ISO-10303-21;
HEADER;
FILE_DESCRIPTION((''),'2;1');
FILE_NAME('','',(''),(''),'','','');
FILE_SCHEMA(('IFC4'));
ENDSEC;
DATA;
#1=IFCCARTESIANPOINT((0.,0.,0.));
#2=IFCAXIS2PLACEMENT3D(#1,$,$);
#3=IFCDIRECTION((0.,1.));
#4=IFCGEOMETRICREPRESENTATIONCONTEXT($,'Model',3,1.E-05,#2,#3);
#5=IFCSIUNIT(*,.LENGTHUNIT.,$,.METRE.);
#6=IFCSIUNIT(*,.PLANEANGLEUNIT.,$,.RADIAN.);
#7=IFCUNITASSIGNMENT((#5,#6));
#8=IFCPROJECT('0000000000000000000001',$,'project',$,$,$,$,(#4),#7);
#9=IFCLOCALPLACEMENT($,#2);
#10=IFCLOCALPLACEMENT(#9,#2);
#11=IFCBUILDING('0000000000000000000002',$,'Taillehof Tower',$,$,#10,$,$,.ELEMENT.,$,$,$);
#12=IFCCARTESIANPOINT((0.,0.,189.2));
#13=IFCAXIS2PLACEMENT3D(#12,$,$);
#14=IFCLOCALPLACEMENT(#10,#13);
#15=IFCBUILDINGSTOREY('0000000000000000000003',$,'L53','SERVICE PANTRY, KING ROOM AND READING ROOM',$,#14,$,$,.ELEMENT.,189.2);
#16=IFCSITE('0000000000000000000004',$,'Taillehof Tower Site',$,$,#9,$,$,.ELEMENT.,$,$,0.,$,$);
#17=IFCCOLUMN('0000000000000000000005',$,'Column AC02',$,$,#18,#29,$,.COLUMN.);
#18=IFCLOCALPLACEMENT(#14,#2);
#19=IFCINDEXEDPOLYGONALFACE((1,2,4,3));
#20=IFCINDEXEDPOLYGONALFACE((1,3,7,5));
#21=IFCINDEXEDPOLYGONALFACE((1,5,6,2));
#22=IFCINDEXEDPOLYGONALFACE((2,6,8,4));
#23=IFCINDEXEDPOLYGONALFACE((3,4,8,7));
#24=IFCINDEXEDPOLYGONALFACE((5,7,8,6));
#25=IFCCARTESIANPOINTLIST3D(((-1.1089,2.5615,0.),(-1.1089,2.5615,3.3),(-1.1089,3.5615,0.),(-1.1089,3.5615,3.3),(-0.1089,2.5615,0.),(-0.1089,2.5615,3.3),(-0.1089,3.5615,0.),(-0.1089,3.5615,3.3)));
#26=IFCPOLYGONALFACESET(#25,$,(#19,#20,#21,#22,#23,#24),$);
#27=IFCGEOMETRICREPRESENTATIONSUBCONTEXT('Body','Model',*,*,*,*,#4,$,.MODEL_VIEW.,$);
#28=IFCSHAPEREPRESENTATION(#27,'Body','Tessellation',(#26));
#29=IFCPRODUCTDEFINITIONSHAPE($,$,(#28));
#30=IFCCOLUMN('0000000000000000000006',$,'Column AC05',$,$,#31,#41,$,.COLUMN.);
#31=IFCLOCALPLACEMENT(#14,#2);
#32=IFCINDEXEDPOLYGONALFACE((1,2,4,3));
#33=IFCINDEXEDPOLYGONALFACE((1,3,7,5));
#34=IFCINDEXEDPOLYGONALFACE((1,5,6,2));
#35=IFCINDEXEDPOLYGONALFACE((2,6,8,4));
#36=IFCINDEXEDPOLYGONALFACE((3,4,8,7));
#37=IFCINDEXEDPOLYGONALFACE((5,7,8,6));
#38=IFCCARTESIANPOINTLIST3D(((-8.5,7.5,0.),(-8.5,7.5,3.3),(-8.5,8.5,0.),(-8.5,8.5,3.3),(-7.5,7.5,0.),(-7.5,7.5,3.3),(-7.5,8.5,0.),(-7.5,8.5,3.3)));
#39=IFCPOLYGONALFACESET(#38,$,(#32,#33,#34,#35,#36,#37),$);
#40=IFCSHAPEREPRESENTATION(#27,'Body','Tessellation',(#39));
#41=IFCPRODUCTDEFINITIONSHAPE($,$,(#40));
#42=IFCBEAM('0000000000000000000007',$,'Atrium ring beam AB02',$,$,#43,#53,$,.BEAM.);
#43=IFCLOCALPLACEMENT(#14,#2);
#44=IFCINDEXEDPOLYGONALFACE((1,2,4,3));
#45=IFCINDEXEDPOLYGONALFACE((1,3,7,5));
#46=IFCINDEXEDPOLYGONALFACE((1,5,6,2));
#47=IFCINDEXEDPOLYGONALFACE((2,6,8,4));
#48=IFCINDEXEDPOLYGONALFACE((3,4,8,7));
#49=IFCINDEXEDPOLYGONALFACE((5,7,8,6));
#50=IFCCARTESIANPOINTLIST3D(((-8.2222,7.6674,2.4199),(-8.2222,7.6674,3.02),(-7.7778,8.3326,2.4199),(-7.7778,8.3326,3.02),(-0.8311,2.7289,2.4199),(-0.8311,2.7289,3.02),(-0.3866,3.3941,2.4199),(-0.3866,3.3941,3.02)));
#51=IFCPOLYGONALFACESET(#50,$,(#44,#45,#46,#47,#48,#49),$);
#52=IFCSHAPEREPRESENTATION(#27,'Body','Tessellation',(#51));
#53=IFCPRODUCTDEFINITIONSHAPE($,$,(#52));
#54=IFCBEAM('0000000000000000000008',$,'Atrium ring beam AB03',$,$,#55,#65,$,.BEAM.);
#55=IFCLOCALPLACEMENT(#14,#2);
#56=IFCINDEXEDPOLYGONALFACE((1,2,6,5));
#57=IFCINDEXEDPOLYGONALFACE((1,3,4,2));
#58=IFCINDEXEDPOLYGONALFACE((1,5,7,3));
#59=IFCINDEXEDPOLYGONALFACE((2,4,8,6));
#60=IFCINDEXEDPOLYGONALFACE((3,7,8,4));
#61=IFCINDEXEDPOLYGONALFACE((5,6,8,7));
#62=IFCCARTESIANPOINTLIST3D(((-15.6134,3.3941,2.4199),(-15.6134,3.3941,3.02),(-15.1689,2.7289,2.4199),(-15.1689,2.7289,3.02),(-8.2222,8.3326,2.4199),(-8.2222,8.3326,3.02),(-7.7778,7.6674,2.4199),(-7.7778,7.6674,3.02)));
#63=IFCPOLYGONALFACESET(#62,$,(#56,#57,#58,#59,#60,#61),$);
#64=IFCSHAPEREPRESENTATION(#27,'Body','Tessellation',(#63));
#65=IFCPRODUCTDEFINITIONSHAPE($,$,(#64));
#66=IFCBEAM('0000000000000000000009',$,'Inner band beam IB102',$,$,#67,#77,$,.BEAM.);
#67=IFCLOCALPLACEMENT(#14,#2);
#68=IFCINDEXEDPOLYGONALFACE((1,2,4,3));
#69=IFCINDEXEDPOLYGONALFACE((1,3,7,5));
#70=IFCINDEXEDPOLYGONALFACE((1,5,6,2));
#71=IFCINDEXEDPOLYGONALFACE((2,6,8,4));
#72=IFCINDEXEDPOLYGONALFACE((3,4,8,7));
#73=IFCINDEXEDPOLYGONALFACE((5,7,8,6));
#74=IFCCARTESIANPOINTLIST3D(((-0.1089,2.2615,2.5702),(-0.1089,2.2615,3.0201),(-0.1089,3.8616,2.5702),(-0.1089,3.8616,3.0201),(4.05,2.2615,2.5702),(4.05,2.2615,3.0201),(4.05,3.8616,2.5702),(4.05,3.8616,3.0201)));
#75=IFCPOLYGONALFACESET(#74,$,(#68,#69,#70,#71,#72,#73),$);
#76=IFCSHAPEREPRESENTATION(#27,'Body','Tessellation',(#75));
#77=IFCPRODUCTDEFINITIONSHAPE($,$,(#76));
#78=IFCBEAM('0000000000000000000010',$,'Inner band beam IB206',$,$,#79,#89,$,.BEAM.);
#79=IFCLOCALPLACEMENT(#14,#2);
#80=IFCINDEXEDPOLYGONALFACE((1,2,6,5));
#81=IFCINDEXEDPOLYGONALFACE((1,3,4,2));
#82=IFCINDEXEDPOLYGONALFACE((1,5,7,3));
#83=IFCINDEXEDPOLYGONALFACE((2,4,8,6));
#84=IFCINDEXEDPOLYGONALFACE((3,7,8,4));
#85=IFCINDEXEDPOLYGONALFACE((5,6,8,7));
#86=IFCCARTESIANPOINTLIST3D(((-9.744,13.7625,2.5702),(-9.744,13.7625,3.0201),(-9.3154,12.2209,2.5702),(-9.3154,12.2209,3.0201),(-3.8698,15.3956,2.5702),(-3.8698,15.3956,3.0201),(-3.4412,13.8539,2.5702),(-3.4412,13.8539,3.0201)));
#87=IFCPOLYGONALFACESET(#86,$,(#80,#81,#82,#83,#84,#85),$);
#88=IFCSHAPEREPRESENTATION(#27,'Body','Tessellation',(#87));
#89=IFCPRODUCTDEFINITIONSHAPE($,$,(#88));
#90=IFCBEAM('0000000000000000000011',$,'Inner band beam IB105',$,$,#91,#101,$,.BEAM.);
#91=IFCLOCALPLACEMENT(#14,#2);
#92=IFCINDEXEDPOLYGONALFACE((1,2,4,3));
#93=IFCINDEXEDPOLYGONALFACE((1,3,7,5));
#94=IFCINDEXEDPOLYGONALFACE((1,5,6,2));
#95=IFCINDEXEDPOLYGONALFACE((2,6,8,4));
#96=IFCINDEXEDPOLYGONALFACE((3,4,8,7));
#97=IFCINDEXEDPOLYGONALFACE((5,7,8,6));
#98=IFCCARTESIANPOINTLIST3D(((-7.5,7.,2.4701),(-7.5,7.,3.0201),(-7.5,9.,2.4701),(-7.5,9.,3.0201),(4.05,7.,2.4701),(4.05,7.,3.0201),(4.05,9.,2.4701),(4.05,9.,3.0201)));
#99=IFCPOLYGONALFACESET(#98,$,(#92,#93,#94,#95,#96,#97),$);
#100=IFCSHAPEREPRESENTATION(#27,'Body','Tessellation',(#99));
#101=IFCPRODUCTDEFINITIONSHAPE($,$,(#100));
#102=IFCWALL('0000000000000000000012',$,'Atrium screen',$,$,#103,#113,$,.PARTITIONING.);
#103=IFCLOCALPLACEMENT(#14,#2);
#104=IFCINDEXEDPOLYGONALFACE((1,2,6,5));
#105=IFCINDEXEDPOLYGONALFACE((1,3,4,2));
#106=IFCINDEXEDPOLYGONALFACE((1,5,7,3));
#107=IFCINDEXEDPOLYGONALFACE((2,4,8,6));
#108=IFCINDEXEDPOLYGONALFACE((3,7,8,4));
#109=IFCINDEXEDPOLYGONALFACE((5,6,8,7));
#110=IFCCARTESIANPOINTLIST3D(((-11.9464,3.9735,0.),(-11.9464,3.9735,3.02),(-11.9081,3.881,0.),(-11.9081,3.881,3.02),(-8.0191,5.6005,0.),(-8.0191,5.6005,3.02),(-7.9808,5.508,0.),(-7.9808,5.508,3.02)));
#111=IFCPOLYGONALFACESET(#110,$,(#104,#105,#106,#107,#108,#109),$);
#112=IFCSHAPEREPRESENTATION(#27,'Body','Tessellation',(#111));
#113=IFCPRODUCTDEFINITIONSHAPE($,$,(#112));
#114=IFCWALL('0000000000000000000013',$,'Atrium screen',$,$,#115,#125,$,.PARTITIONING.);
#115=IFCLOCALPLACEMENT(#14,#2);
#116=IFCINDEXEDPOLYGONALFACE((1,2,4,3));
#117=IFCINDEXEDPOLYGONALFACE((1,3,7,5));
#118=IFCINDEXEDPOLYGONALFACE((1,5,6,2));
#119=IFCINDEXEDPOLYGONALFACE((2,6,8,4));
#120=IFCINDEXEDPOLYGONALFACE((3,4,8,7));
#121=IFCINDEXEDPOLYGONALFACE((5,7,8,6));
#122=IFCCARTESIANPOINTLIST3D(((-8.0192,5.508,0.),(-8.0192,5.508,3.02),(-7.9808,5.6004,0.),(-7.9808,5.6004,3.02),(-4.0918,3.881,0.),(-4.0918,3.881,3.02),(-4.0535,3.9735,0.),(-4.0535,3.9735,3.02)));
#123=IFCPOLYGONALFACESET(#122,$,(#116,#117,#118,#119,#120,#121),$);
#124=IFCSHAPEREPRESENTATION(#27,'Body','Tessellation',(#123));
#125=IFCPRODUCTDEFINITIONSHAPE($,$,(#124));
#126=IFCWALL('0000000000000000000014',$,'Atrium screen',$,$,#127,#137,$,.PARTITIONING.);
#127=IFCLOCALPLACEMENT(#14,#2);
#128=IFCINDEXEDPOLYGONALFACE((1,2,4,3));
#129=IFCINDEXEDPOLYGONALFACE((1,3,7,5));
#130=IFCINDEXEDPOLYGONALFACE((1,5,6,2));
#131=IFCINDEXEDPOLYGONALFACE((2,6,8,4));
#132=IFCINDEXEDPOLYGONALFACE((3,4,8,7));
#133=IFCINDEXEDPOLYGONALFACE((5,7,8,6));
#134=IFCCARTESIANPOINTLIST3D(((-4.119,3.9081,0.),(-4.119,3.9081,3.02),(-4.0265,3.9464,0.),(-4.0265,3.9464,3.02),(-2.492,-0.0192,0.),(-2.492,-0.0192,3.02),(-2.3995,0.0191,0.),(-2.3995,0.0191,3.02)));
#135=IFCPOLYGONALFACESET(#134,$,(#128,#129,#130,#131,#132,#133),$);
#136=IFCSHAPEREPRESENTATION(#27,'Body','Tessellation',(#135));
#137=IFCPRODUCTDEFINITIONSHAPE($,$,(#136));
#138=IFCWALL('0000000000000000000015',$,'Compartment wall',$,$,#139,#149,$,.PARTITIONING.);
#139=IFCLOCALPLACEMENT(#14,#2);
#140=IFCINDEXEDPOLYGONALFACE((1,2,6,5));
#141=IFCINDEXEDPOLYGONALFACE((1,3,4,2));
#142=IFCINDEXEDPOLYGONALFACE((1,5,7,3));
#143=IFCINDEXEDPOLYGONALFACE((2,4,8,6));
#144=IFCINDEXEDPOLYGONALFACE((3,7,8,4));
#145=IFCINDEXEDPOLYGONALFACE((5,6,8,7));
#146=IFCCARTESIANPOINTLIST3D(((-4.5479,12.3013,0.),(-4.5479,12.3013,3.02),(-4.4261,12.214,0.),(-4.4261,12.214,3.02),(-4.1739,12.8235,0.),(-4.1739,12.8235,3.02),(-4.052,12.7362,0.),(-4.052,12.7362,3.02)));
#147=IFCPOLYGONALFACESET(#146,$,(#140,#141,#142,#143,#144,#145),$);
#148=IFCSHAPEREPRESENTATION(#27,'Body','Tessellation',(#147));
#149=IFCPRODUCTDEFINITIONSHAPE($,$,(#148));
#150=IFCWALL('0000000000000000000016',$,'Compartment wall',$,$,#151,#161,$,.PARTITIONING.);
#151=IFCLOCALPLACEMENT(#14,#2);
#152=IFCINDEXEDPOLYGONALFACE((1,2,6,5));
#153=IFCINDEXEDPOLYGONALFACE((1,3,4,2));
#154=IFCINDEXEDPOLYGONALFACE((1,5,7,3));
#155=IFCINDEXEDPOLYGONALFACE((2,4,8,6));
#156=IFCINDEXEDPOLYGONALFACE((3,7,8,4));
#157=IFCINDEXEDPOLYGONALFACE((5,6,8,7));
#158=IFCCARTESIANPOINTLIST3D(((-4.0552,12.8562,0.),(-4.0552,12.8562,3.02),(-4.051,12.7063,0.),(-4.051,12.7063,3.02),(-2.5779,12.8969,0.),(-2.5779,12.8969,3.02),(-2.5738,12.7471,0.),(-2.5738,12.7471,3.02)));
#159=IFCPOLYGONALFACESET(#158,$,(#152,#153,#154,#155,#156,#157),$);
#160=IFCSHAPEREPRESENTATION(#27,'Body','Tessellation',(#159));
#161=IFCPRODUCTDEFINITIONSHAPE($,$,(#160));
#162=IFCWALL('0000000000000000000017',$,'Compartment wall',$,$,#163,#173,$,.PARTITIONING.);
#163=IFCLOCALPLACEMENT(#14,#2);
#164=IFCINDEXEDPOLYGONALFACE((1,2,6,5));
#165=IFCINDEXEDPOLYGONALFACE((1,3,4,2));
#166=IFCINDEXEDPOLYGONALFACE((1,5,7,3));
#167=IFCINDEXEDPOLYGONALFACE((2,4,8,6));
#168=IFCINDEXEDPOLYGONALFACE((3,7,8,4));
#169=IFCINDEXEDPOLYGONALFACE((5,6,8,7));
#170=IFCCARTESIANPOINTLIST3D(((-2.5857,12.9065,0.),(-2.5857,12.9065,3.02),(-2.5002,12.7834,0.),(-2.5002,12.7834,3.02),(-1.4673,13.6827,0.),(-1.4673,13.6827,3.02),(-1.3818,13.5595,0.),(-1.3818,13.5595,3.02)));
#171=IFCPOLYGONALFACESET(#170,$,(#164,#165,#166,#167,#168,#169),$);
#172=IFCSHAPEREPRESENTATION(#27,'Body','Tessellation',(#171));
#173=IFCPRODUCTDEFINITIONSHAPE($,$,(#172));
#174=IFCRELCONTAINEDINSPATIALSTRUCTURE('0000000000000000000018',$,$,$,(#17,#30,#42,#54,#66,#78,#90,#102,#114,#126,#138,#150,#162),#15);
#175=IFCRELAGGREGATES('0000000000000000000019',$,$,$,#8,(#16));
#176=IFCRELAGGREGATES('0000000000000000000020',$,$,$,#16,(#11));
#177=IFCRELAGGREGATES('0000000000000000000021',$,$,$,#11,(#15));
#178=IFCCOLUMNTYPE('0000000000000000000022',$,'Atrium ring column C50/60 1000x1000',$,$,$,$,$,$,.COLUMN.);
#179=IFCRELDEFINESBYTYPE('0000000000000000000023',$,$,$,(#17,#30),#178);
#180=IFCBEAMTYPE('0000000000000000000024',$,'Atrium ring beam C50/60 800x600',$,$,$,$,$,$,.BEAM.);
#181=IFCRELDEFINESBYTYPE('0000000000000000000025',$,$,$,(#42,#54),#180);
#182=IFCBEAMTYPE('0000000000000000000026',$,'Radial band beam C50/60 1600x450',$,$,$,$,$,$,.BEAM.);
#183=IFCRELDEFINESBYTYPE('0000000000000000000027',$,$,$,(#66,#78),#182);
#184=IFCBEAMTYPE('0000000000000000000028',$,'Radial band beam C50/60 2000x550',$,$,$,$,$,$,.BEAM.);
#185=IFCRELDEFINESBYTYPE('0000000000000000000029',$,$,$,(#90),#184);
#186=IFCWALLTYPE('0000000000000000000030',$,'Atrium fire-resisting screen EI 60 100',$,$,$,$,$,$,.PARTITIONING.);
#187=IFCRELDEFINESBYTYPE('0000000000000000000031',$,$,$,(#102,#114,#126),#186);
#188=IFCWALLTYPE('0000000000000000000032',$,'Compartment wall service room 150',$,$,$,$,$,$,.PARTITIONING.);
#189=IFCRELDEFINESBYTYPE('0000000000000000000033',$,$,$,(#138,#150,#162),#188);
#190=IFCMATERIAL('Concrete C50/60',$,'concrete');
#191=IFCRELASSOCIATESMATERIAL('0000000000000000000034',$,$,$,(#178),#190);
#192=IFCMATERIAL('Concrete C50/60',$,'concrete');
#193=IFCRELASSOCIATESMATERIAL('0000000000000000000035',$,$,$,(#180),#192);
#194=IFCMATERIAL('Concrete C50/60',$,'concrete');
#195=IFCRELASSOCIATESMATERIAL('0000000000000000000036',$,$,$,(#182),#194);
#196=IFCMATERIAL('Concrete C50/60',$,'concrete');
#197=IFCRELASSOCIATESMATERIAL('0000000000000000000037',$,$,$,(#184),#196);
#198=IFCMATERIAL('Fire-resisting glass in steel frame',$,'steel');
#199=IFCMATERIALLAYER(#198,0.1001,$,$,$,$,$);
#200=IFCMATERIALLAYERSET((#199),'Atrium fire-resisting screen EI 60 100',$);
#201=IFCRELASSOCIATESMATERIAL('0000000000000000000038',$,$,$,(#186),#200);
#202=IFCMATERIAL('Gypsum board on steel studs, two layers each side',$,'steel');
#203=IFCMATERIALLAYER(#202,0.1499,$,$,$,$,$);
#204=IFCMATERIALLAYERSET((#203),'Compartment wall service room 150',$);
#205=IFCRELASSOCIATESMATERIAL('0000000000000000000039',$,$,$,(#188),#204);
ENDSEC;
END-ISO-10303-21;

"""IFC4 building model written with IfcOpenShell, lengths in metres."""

from ifc_helpers import new_model, si_unit, direction, frame, frame_2d, origin, origin_2d, place, context, subcontext, project, spatial, rectangle, extrude, material, layer, layer_set, material_profile, profile_set, type_object, element, save


model = new_model("IFC4")

# Units and contexts
model_context = context("Model", 3, precision=1e-05, world=origin(), true_north=direction((0.0, 1.0)))
body_context = subcontext(model_context, "Body", "Model", "MODEL_VIEW")
ifc_project = project(units=[si_unit("LENGTHUNIT", "METRE"), si_unit("PLANEANGLEUNIT", "RADIAN")], contexts=[model_context])

# Site, building, storey
site_placement = place(None, origin())
site = spatial("IfcSite", under=ifc_project, at=site_placement, Name="Taillehof Tower Site", CompositionType="ELEMENT", RefElevation=0.0)
building_placement = place(site_placement, origin())
building = spatial("IfcBuilding", under=site, at=building_placement, Name="Taillehof Tower", CompositionType="ELEMENT")
storey_placement = place(building_placement, frame((0.0, 0.0, 189.2)))
storey = spatial("IfcBuildingStorey", under=building, at=storey_placement, Name="L53", Description="SERVICE PANTRY, KING ROOM AND READING ROOM", CompositionType="ELEMENT", Elevation=189.2)

# Columns
ifc_material_1 = material(Name="Concrete C50/60", Category="concrete")
ifc_material_profile_1 = material_profile(ifc_material_1, rectangle(XDim=1.0, YDim=1.0, at=origin_2d()), Name="RC 1000x1000")
ifc_profile_set_1 = profile_set([ifc_material_profile_1], Name="Concrete C50/60")
column_type = type_object("IfcColumnType", Name="Atrium ring column C50/60 1000x1000", PredefinedType="COLUMN", material=ifc_profile_set_1)
for number, where, z_axis, x_axis, name in (
    (1, (-0.6089, 3.0615, 0.0), (0.0, 0.0, 1.0), (1.0, 0.0, 0.0), "Column AC02"),
    (2, (-8.0, 8.0, 0.0), (0.0, 0.0, 1.0), (1.0, 0.0, 0.0), "Column AC05"),
):
    element("IfcColumn", number, at=place(storey_placement, frame(where, z_axis=z_axis, x_axis=x_axis)), inside=storey, type_object=column_type, Name=name, PredefinedType="COLUMN", context=body_context, shape_type="SweptSolid", body=[
        extrude(rectangle(XDim=1.0, YDim=1.0, at=origin_2d()), origin(), (0.0, 0.0, 1.0), 3.3),
    ])

# Beams
ifc_material_2 = material(Name="Concrete C50/60", Category="concrete")
ifc_material_profile_2 = material_profile(ifc_material_2, rectangle(XDim=0.8, YDim=0.6001, at=origin_2d()), Name="RC 800x600")
ifc_profile_set_2 = profile_set([ifc_material_profile_2], Name="Concrete C50/60")
beam_type_1 = type_object("IfcBeamType", Name="Atrium ring beam C50/60 800x600", PredefinedType="BEAM", material=ifc_profile_set_2)
for number, where, z_axis, x_axis, name in (
    (3, (-0.6089, 3.0615, 2.72), (-0.831475, 0.555562, 0.0), (-0.555562, -0.831475, 0.0), "Atrium ring beam AB02"),
    (4, (-8.0, 8.0, 2.72), (-0.831475, -0.555562, 0.0), (0.555562, -0.831475, 0.0), "Atrium ring beam AB03"),
):
    element("IfcBeam", number, at=place(storey_placement, frame(where, z_axis=z_axis, x_axis=x_axis)), inside=storey, type_object=beam_type_1, Name=name, PredefinedType="BEAM", context=body_context, shape_type="SweptSolid", body=[
        extrude(rectangle(XDim=0.8, YDim=0.6001, at=origin_2d()), origin(), (0.0, 0.0, 1.0), 8.8892),
    ])
ifc_material_3 = material(Name="Concrete C50/60", Category="concrete")
ifc_material_profile_3 = material_profile(ifc_material_3, rectangle(XDim=1.6001, YDim=0.45, at=origin_2d()), Name="RC 1600x450")
ifc_profile_set_3 = profile_set([ifc_material_profile_3], Name="Concrete C50/60")
beam_type_2 = type_object("IfcBeamType", Name="Radial band beam C50/60 1600x450", PredefinedType="BEAM", material=ifc_profile_set_3)
beam_1_placement = place(storey_placement, frame((-0.1089, 3.0615, 2.7952), z_axis=(1.0, 0.0, 0.0), x_axis=(0.0, 1.0, 0.0)))
element("IfcBeam", 5, at=beam_1_placement, inside=storey, type_object=beam_type_2, Name="Inner band beam IB102", PredefinedType="BEAM", context=body_context, shape_type="SweptSolid", body=[
    extrude(rectangle(XDim=1.6001, YDim=0.45, at=origin_2d()), origin(), (0.0, 0.0, 1.0), 4.1589),
])
beam_2_placement = place(storey_placement, frame((-3.6555, 14.6248, 2.7952), z_axis=(-0.963459, -0.267855, 0.0), x_axis=(0.267855, -0.963459, 0.0)))
element("IfcBeam", 6, at=beam_2_placement, inside=storey, type_object=beam_type_2, Name="Inner band beam IB206", PredefinedType="BEAM", context=body_context, shape_type="SweptSolid", body=[
    extrude(rectangle(XDim=1.6001, YDim=0.45, at=origin_2d()), origin(), (0.0, 0.0, 1.0), 6.0969),
])
ifc_material_4 = material(Name="Concrete C50/60", Category="concrete")
ifc_material_profile_4 = material_profile(ifc_material_4, rectangle(XDim=2.0, YDim=0.55, at=origin_2d()), Name="RC 2000x550")
ifc_profile_set_4 = profile_set([ifc_material_profile_4], Name="Concrete C50/60")
beam_type_3 = type_object("IfcBeamType", Name="Radial band beam C50/60 2000x550", PredefinedType="BEAM", material=ifc_profile_set_4)
beam_3_placement = place(storey_placement, frame((-7.5, 8.0, 2.7451), z_axis=(1.0, 0.0, 0.0), x_axis=(0.0, 1.0, 0.0)))
element("IfcBeam", 7, at=beam_3_placement, inside=storey, type_object=beam_type_3, Name="Inner band beam IB105", PredefinedType="BEAM", context=body_context, shape_type="SweptSolid", body=[
    extrude(rectangle(XDim=2.0, YDim=0.55, at=origin_2d()), origin(), (0.0, 0.0, 1.0), 11.55),
])

# Walls
ifc_material_5 = material(Name="Fire-resisting glass in steel frame", Category="steel")
ifc_layer_1 = layer(ifc_material_5, 0.1001)
ifc_layer_set_1 = layer_set([ifc_layer_1], Name="Atrium fire-resisting screen EI 60 100")
wall_type_1 = type_object("IfcWallType", Name="Atrium fire-resisting screen EI 60 100", PredefinedType="PARTITIONING", material=ifc_layer_set_1)
for number, where, z_axis, x_axis, name in (
    (8, (-11.9272, 3.9272, 0.0), (0.0, 0.0, 1.0), (0.92386, 0.382731, 0.0), "Atrium screen"),
    (9, (-8.0, 5.5542, 0.0), (0.0, 0.0, 1.0), (0.92386, -0.382731, 0.0), "Atrium screen"),
    (10, (-4.0728, 3.9272, 0.0), (0.0, 0.0, 1.0), (0.382731, -0.92386, 0.0), "Atrium screen"),
):
    element("IfcWall", number, at=place(storey_placement, frame(where, z_axis=z_axis, x_axis=x_axis)), inside=storey, type_object=wall_type_1, Name=name, PredefinedType="PARTITIONING", context=body_context, shape_type="SweptSolid", body=[
        extrude(rectangle(XDim=4.251, YDim=0.1001, at=frame_2d((2.1255, 0.0))), origin(), (0.0, 0.0, 1.0), 3.02),
    ])
ifc_material_6 = material(Name="Gypsum board on steel studs, two layers each side", Category="steel")
ifc_layer_2 = layer(ifc_material_6, 0.1499)
ifc_layer_set_2 = layer_set([ifc_layer_2], Name="Compartment wall service room 150")
wall_type_2 = type_object("IfcWallType", Name="Compartment wall service room 150", PredefinedType="PARTITIONING", material=ifc_layer_set_2)
wall_1_placement = place(storey_placement, frame((-4.4871, 12.2576, 0.0), z_axis=(0.0, 0.0, 1.0), x_axis=(0.58228, 0.812988, 0.0)))
element("IfcWall", 11, at=wall_1_placement, inside=storey, type_object=wall_type_2, Name="Compartment wall", PredefinedType="PARTITIONING", context=body_context, shape_type="SweptSolid", body=[
    extrude(rectangle(XDim=0.6423, YDim=0.1499, at=frame_2d((0.3213, 0.0))), origin(), (0.0, 0.0, 1.0), 3.02),
])
wall_2_placement = place(storey_placement, frame((-4.053, 12.7812, 0.0), z_axis=(0.0, 0.0, 1.0), x_axis=(0.999619, 0.027588, 0.0)))
element("IfcWall", 12, at=wall_2_placement, inside=storey, type_object=wall_type_2, Name="Compartment wall", PredefinedType="PARTITIONING", context=body_context, shape_type="SweptSolid", body=[
    extrude(rectangle(XDim=1.4778, YDim=0.1499, at=frame_2d((0.7388, 0.0))), origin(), (0.0, 0.0, 1.0), 3.02),
])
wall_3_placement = place(storey_placement, frame((-2.543, 12.845, 0.0), z_axis=(0.0, 0.0, 1.0), x_axis=(0.821559, 0.570124, 0.0)))
element("IfcWall", 13, at=wall_3_placement, inside=storey, type_object=wall_type_2, Name="Compartment wall", PredefinedType="PARTITIONING", context=body_context, shape_type="SweptSolid", body=[
    extrude(rectangle(XDim=1.3613, YDim=0.1499, at=frame_2d((0.6807, 0.0))), origin(), (0.0, 0.0, 1.0), 3.02),
])

save(model, "model.ifc")
